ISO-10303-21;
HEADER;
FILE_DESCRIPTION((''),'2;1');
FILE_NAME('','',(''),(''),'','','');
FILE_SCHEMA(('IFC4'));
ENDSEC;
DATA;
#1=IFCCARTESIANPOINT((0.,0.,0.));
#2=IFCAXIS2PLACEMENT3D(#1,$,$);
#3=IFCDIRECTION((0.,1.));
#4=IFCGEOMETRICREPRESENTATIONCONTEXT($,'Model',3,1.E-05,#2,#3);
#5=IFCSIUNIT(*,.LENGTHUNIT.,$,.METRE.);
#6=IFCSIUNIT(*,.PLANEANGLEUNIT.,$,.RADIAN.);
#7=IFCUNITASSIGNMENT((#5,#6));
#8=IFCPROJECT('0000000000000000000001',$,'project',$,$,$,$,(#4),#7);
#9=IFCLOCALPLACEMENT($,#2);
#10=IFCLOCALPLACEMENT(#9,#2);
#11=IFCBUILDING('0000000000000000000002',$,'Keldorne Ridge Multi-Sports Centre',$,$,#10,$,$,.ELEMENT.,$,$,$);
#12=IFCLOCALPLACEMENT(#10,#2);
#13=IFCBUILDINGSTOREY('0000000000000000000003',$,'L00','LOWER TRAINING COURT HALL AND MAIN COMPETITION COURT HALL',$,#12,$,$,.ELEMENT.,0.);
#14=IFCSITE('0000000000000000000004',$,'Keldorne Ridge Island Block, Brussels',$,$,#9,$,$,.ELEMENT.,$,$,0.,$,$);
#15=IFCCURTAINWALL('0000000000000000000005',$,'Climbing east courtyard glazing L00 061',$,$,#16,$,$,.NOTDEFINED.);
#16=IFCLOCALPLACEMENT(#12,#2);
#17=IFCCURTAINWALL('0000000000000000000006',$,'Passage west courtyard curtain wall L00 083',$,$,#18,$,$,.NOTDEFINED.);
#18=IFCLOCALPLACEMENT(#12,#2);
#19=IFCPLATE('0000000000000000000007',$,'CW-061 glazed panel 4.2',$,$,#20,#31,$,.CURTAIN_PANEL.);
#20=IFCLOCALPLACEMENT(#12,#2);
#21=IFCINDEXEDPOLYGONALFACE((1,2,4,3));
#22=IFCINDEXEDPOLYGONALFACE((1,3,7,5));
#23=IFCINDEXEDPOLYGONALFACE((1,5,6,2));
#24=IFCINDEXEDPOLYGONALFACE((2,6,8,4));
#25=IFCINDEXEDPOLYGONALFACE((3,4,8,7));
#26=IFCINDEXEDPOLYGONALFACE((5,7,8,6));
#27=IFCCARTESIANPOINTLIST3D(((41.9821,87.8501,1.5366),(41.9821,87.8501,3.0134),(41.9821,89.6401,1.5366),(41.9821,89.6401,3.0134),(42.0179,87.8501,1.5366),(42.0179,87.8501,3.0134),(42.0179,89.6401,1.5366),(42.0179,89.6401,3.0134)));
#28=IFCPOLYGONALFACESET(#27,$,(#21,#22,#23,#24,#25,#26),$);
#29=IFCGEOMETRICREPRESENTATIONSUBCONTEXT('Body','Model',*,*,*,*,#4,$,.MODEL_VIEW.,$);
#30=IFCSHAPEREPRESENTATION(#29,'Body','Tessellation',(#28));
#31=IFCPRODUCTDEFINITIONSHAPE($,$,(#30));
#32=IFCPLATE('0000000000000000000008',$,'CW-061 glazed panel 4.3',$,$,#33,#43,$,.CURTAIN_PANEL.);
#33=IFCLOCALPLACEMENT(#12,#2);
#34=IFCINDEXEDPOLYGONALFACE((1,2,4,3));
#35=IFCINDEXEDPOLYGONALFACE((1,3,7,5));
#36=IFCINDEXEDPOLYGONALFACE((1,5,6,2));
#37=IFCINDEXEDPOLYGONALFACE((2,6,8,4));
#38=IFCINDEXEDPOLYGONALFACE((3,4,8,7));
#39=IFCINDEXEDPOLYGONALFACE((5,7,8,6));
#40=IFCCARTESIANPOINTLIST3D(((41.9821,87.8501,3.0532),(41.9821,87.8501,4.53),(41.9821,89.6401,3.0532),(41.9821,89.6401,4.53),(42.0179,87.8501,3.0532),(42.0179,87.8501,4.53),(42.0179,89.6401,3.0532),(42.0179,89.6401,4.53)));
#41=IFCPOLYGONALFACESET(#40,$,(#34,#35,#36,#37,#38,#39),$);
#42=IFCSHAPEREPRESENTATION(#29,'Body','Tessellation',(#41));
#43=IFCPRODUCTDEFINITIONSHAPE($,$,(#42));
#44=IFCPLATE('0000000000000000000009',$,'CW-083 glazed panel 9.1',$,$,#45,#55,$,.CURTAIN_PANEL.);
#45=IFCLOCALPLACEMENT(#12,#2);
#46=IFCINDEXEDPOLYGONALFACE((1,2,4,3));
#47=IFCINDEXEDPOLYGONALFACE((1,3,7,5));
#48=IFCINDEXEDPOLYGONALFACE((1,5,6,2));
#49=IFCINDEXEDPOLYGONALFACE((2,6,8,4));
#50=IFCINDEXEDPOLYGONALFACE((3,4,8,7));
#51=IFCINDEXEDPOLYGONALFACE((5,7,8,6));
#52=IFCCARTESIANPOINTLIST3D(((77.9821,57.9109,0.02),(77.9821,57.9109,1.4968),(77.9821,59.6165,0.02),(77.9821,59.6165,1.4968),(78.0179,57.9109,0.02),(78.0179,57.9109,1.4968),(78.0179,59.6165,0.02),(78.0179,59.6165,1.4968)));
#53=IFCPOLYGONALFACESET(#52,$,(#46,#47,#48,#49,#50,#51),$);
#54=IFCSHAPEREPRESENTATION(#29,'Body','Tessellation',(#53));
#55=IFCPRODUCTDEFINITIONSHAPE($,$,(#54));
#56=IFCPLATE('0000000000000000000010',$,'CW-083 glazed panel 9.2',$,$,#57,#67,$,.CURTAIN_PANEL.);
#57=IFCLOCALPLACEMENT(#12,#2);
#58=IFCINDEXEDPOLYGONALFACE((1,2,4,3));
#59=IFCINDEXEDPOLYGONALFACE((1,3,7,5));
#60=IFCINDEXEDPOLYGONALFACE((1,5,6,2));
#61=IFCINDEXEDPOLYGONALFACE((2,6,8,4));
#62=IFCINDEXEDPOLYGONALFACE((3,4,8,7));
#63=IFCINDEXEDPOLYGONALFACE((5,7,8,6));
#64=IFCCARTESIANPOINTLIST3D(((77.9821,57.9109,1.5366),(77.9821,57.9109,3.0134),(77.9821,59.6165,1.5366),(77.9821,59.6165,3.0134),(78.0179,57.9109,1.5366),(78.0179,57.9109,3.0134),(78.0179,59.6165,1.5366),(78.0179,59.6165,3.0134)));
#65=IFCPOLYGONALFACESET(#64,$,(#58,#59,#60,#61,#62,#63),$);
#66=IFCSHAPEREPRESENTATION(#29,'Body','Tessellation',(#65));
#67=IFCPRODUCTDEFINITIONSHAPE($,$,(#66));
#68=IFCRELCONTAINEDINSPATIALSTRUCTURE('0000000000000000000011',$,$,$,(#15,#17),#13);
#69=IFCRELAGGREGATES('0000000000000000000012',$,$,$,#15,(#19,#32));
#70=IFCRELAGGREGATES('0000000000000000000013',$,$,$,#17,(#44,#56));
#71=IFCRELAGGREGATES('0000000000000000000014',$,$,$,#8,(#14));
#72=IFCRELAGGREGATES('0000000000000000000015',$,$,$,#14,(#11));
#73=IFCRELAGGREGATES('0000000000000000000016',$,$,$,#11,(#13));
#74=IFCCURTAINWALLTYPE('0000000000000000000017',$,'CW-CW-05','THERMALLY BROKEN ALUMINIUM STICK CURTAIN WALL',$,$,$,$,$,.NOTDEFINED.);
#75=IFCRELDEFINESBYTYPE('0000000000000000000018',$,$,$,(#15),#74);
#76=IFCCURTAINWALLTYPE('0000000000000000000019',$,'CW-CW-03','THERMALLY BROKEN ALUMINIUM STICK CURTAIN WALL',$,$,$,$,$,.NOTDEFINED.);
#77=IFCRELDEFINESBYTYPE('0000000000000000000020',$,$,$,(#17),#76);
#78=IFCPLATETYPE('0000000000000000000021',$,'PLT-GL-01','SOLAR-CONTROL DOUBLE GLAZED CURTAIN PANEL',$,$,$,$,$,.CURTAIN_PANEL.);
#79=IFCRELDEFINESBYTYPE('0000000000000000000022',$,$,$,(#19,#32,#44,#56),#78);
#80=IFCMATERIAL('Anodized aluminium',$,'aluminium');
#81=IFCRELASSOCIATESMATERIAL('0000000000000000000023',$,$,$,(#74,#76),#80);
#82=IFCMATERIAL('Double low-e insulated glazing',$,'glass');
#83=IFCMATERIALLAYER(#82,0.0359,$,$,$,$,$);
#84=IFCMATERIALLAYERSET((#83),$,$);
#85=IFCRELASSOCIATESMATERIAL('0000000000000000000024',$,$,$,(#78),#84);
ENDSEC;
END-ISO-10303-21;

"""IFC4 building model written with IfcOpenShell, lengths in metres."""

from ifc_helpers import new_model, si_unit, direction, frame, origin, origin_2d, place, context, subcontext, project, spatial, rectangle, extrude, material, layer, layer_set, type_object, element, aggregate, save


model = new_model("IFC4")

# Units and contexts
model_context = context("Model", 3, precision=1e-05, world=origin(), true_north=direction((0.0, 1.0)))
body_context = subcontext(model_context, "Body", "Model", "MODEL_VIEW")
ifc_project = project(units=[si_unit("LENGTHUNIT", "METRE"), si_unit("PLANEANGLEUNIT", "RADIAN")], contexts=[model_context])

# Site, building, storey
site_placement = place(None, origin())
site = spatial("IfcSite", under=ifc_project, at=site_placement, Name="Keldorne Ridge Island Block, Brussels", CompositionType="ELEMENT", RefElevation=0.0)
building_placement = place(site_placement, origin())
building = spatial("IfcBuilding", under=site, at=building_placement, Name="Keldorne Ridge Multi-Sports Centre", CompositionType="ELEMENT")
storey_placement = place(building_placement, origin())
storey = spatial("IfcBuildingStorey", under=building, at=storey_placement, Name="L00", Description="LOWER TRAINING COURT HALL AND MAIN COMPETITION COURT HALL", CompositionType="ELEMENT", Elevation=0.0)

# Curtain wall
ifc_material_1 = material(Name="Anodized aluminium", Category="aluminium")
curtain_wall_type_1 = type_object("IfcCurtainWallType", Name="CW-CW-05", Description="THERMALLY BROKEN ALUMINIUM STICK CURTAIN WALL", PredefinedType="NOTDEFINED", material=ifc_material_1)
curtain_wall_1_placement = place(storey_placement, origin())
curtain_wall_1 = element("IfcCurtainWall", 1, at=curtain_wall_1_placement, inside=storey, type_object=curtain_wall_type_1, Name="Climbing east courtyard glazing L00 061", PredefinedType="NOTDEFINED")

# Curtain wall
curtain_wall_type_2 = type_object("IfcCurtainWallType", Name="CW-CW-03", Description="THERMALLY BROKEN ALUMINIUM STICK CURTAIN WALL", PredefinedType="NOTDEFINED", material=ifc_material_1)
curtain_wall_2_placement = place(storey_placement, origin())
curtain_wall_2 = element("IfcCurtainWall", 2, at=curtain_wall_2_placement, inside=storey, type_object=curtain_wall_type_2, Name="Passage west courtyard curtain wall L00 083", PredefinedType="NOTDEFINED")

# Plates
ifc_material_2 = material(Name="Double low-e insulated glazing", Category="glass")
ifc_layer = layer(ifc_material_2, 0.0359)
ifc_layer_set = layer_set([ifc_layer])
plate_type = type_object("IfcPlateType", Name="PLT-GL-01", Description="SOLAR-CONTROL DOUBLE GLAZED CURTAIN PANEL", PredefinedType="CURTAIN_PANEL", material=ifc_layer_set)
plate_1_placement = place(storey_placement, frame((42.0, 88.7451, 1.5366), z_axis=(0.0, 0.0, 1.0), x_axis=(0.0, 1.0, 0.0)))
plate_1 = element("IfcPlate", 3, at=plate_1_placement, type_object=plate_type, Name="CW-061 glazed panel 4.2", PredefinedType="CURTAIN_PANEL", context=body_context, shape_type="SweptSolid", body=[
    extrude(rectangle(XDim=1.79, YDim=0.0359, at=origin_2d()), origin(), (0.0, 0.0, 1.0), 1.4768),
])
plate_2_placement = place(storey_placement, frame((42.0, 88.7451, 3.0532), z_axis=(0.0, 0.0, 1.0), x_axis=(0.0, 1.0, 0.0)))
plate_2 = element("IfcPlate", 4, at=plate_2_placement, type_object=plate_type, Name="CW-061 glazed panel 4.3", PredefinedType="CURTAIN_PANEL", context=body_context, shape_type="SweptSolid", body=[
    extrude(rectangle(XDim=1.79, YDim=0.0359, at=origin_2d()), origin(), (0.0, 0.0, 1.0), 1.4768),
])
aggregate(curtain_wall_1, [plate_1, plate_2])
plate_3_placement = place(storey_placement, frame((78.0, 58.7637, 0.02), z_axis=(0.0, 0.0, 1.0), x_axis=(0.0, -1.0, 0.0)))
plate_3 = element("IfcPlate", 5, at=plate_3_placement, type_object=plate_type, Name="CW-083 glazed panel 9.1", PredefinedType="CURTAIN_PANEL", context=body_context, shape_type="SweptSolid", body=[
    extrude(rectangle(XDim=1.7056, YDim=0.0359, at=origin_2d()), origin(), (0.0, 0.0, 1.0), 1.4768),
])
plate_4_placement = place(storey_placement, frame((78.0, 58.7637, 1.5366), z_axis=(0.0, 0.0, 1.0), x_axis=(0.0, -1.0, 0.0)))
plate_4 = element("IfcPlate", 6, at=plate_4_placement, type_object=plate_type, Name="CW-083 glazed panel 9.2", PredefinedType="CURTAIN_PANEL", context=body_context, shape_type="SweptSolid", body=[
    extrude(rectangle(XDim=1.7056, YDim=0.0359, at=origin_2d()), origin(), (0.0, 0.0, 1.0), 1.4768),
])
aggregate(curtain_wall_2, [plate_3, plate_4])

save(model, "model.ifc")
